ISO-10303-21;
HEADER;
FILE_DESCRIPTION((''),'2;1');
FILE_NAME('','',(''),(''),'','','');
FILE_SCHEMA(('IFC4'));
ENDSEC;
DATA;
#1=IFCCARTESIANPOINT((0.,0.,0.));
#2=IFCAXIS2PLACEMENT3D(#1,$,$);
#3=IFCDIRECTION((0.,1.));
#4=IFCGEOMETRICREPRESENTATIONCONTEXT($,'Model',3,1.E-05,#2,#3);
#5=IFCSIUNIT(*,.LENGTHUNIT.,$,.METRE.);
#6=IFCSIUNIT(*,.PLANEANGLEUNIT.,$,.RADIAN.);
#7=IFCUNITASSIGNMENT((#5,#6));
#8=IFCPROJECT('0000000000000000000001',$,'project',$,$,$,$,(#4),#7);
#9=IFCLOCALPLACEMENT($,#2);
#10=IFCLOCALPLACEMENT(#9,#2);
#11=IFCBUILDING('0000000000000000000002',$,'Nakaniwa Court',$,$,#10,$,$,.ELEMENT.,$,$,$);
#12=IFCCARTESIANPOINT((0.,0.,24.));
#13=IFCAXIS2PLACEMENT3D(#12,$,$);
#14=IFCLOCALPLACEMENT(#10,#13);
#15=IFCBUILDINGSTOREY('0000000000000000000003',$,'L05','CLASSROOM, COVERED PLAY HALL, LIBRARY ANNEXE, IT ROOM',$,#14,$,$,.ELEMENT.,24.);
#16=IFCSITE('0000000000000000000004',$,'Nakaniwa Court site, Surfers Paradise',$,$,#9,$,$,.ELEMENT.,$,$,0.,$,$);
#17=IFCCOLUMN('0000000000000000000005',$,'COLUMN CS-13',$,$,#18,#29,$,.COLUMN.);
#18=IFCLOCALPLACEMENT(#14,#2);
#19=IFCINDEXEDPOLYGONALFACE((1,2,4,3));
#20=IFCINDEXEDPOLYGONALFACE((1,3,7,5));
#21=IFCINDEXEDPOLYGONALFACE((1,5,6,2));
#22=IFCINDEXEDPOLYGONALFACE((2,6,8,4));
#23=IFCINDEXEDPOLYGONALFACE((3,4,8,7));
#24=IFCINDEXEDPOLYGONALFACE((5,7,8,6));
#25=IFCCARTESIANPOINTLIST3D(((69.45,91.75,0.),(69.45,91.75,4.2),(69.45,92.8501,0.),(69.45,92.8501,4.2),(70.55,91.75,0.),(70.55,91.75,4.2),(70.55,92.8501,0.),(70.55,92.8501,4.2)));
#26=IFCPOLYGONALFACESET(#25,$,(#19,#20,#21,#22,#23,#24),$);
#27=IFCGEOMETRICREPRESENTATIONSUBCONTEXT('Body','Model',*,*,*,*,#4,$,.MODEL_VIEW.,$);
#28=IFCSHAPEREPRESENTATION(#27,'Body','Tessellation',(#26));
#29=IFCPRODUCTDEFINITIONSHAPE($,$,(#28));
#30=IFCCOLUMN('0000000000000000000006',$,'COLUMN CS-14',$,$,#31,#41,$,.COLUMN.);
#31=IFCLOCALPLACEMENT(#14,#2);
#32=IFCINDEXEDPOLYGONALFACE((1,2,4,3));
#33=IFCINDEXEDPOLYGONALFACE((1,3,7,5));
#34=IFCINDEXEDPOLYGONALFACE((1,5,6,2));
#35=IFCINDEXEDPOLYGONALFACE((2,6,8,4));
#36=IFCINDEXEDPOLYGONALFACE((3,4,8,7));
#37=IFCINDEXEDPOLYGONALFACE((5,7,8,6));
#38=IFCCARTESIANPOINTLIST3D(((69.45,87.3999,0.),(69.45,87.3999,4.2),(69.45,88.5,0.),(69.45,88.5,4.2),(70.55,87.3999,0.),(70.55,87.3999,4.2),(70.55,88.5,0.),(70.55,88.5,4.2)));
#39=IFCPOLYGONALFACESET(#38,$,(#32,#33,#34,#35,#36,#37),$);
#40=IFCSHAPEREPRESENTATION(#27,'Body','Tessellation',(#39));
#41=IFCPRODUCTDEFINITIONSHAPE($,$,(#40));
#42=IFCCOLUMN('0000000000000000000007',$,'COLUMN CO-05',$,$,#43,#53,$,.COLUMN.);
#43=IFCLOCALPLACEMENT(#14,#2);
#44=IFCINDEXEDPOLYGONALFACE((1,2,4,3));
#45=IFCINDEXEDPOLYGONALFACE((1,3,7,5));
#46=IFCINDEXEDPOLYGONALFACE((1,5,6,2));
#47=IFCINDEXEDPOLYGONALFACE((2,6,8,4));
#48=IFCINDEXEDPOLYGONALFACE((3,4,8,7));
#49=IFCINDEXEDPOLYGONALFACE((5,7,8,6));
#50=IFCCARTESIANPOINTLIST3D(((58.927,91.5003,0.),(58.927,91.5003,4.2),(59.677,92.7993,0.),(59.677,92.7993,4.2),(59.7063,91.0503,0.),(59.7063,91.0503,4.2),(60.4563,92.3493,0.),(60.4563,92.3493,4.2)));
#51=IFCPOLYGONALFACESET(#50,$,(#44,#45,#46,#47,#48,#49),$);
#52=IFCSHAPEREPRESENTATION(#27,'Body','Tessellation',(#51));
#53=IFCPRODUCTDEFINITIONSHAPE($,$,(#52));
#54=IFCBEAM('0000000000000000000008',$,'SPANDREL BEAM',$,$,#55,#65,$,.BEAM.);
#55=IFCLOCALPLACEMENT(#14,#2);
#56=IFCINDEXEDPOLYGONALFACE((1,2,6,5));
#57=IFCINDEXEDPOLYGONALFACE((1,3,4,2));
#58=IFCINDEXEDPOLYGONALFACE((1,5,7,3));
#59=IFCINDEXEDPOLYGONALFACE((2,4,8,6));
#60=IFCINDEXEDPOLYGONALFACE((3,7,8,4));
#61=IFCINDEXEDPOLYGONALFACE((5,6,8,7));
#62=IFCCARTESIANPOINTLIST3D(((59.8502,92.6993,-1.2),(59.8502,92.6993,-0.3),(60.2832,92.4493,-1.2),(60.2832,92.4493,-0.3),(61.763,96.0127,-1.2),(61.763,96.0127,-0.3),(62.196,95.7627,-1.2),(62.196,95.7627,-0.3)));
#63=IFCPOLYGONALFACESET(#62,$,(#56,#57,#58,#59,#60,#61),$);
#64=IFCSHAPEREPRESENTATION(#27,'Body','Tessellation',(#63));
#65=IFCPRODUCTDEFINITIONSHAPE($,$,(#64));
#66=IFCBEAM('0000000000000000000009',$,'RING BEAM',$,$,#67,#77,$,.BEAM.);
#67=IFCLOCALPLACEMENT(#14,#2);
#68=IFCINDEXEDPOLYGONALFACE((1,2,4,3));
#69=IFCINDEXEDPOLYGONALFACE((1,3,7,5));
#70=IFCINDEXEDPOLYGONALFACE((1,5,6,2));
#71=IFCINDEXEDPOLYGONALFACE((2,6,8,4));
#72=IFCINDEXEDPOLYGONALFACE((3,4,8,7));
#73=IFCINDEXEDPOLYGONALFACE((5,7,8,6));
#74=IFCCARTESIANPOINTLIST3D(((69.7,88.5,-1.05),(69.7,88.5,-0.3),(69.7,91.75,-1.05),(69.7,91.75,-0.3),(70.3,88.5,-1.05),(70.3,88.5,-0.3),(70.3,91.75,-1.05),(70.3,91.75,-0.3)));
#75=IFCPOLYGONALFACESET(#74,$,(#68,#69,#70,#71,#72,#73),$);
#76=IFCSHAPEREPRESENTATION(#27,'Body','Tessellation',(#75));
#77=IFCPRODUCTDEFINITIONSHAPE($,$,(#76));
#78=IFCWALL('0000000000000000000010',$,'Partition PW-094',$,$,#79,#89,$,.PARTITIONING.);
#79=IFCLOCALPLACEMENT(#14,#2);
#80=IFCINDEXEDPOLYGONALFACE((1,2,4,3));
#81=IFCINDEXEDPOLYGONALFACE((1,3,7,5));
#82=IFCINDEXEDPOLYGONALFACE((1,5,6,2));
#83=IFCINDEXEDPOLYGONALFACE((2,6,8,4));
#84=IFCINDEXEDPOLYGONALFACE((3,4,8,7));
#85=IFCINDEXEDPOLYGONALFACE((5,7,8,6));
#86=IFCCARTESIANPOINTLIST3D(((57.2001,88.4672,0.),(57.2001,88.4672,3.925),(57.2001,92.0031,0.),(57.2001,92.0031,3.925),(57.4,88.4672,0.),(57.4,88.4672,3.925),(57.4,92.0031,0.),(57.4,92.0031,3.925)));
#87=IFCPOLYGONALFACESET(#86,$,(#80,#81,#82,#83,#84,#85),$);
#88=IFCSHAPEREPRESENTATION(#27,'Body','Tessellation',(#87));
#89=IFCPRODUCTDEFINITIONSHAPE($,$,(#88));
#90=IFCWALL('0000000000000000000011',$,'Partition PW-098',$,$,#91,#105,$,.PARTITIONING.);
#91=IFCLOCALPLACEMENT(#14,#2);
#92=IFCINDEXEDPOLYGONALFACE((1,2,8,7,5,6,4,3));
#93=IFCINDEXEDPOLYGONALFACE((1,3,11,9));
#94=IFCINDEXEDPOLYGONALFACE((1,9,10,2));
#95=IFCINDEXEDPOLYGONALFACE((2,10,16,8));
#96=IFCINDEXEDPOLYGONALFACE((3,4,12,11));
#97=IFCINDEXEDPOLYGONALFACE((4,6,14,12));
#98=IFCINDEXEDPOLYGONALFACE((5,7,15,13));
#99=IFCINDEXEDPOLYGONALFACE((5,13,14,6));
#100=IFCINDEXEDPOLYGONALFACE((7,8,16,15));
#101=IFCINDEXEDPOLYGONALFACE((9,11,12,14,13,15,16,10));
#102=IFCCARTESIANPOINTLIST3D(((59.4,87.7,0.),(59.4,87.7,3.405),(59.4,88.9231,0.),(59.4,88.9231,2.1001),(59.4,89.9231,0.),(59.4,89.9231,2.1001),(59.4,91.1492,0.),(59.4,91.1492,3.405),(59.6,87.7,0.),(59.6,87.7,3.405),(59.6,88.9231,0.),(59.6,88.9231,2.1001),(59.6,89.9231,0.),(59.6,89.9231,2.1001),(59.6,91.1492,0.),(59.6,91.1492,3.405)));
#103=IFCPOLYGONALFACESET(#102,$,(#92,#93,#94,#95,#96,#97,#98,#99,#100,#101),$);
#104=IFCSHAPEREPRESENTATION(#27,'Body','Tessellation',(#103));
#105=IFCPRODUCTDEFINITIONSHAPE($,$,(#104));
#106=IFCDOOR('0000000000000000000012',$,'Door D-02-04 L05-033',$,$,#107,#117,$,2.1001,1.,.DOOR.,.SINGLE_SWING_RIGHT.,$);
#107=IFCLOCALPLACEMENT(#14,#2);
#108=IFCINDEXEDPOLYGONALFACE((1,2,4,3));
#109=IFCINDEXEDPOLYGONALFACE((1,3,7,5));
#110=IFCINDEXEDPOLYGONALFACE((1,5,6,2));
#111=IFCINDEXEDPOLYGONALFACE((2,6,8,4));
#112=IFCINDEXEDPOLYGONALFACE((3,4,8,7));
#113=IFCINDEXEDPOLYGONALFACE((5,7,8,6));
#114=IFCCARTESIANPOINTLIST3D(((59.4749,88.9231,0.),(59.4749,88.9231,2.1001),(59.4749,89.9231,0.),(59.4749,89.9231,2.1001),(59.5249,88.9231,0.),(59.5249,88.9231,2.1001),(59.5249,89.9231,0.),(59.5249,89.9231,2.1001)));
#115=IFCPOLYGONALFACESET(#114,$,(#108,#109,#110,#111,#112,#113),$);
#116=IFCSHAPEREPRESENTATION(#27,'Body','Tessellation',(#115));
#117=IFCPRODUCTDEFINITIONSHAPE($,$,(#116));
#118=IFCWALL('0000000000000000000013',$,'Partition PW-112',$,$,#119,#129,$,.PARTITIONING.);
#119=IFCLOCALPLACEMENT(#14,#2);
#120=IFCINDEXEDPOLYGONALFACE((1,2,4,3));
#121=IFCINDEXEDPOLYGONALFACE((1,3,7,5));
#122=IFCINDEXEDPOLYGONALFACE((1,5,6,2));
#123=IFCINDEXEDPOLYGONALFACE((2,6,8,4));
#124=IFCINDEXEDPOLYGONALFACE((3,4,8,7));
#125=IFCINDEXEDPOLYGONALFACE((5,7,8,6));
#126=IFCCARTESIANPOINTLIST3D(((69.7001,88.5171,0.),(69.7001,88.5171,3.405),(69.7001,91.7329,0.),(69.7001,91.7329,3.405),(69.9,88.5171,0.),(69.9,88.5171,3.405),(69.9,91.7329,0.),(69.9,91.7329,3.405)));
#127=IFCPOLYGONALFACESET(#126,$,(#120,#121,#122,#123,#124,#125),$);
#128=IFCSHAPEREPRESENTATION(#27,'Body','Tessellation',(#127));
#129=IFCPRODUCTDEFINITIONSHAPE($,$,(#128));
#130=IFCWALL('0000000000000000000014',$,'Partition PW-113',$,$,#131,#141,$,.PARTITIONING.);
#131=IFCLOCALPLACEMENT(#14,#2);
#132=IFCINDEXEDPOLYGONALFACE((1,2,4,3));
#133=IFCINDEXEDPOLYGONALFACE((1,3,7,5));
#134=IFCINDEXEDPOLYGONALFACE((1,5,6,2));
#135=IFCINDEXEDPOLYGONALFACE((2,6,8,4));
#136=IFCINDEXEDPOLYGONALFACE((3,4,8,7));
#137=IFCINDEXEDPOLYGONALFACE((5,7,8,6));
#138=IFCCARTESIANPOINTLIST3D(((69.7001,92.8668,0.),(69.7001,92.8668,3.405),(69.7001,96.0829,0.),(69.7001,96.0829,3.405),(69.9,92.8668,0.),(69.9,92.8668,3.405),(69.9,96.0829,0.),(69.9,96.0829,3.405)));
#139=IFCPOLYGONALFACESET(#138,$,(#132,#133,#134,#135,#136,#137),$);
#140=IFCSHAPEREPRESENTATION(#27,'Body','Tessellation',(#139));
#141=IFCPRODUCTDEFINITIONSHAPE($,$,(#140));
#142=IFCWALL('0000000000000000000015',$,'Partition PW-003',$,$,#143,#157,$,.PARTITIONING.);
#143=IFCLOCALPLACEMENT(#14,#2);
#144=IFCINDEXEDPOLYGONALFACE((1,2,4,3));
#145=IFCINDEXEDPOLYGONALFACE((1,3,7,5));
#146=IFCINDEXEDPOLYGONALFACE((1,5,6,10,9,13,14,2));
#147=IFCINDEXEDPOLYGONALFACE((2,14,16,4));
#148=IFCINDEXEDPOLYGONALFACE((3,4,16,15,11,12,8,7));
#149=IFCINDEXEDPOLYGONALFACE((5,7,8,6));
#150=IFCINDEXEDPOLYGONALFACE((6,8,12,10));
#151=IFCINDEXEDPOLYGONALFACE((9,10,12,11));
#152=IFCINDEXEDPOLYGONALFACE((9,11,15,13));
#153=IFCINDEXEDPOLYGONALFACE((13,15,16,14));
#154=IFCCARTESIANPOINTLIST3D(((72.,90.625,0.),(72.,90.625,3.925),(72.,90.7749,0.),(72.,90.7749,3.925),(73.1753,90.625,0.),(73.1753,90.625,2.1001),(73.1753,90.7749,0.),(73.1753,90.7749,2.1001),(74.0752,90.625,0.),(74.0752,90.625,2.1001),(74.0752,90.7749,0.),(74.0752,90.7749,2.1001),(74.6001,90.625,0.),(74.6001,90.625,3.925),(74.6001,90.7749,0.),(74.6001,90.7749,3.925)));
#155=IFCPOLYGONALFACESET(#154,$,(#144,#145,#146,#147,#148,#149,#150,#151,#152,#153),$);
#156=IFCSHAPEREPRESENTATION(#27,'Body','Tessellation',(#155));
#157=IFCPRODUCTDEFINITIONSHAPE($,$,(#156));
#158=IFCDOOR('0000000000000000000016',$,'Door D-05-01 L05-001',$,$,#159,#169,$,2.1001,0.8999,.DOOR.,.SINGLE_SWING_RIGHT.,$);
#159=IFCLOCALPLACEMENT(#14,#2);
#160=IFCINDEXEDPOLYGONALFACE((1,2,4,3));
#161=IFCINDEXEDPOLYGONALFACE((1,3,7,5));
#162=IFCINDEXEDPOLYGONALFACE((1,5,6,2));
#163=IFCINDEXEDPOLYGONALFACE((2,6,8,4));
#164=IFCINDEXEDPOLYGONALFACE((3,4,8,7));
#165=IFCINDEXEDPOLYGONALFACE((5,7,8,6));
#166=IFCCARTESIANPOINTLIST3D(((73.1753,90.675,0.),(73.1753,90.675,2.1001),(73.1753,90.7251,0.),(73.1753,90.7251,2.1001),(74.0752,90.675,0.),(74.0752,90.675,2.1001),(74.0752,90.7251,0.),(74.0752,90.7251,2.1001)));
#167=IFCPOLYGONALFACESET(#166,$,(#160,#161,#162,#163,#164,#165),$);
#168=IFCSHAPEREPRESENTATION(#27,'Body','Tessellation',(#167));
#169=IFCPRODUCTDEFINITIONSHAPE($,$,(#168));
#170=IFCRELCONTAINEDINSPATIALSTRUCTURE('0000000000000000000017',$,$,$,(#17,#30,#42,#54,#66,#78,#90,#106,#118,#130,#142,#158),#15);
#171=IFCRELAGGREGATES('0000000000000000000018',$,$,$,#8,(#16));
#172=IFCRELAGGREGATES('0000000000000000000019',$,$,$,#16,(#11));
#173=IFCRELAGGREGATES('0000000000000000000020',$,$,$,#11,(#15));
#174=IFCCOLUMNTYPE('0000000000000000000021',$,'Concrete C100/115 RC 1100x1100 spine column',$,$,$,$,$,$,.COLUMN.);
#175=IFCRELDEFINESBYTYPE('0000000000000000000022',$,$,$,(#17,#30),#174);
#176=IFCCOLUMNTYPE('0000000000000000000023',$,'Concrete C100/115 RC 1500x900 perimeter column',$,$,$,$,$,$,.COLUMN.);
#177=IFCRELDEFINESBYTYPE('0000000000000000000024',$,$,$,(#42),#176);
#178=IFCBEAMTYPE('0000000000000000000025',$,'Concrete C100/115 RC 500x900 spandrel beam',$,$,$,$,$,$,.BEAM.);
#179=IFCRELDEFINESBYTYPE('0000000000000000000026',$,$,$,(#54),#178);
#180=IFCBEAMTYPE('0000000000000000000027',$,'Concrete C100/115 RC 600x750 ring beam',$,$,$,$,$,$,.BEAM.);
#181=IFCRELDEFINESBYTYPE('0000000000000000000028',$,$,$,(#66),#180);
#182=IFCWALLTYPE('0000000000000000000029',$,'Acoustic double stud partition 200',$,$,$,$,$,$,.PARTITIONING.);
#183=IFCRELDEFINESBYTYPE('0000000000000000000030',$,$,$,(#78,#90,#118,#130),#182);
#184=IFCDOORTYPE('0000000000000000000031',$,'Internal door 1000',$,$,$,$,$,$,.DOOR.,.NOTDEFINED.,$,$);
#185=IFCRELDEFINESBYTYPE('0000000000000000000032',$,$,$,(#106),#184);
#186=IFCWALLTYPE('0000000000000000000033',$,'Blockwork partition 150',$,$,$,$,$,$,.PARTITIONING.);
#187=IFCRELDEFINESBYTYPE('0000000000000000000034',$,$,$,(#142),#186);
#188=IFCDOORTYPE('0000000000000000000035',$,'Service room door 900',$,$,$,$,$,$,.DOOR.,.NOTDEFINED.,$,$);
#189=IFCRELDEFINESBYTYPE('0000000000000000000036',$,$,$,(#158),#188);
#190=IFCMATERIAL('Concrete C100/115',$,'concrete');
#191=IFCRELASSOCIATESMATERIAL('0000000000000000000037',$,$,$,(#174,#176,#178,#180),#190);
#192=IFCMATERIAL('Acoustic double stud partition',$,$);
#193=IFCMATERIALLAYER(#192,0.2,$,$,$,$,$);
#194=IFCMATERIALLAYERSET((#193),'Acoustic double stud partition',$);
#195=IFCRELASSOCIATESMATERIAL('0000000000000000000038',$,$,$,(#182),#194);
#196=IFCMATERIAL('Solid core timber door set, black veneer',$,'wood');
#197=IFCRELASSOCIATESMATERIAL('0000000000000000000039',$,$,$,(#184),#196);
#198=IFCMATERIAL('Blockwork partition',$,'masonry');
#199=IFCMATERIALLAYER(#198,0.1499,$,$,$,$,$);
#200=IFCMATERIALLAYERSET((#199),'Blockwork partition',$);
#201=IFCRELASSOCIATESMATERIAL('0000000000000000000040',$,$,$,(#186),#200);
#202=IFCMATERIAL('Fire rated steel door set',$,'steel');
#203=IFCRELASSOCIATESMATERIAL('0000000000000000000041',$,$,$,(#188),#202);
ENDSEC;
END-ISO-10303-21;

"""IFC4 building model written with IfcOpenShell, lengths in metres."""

from ifc_helpers import new_model, si_unit, direction, frame, frame_2d, origin, origin_2d, place, context, subcontext, project, spatial, rectangle, extrude, material, layer, layer_set, material_profile, profile_set, type_object, element, fill, save


model = new_model("IFC4")

# Units and contexts
model_context = context("Model", 3, precision=1e-05, world=origin(), true_north=direction((0.0, 1.0)))
body_context = subcontext(model_context, "Body", "Model", "MODEL_VIEW")
ifc_project = project(units=[si_unit("LENGTHUNIT", "METRE"), si_unit("PLANEANGLEUNIT", "RADIAN")], contexts=[model_context])

# Site, building, storey
site_placement = place(None, origin())
site = spatial("IfcSite", under=ifc_project, at=site_placement, Name="Nakaniwa Court site, Surfers Paradise", CompositionType="ELEMENT", RefElevation=0.0)
building_placement = place(site_placement, origin())
building = spatial("IfcBuilding", under=site, at=building_placement, Name="Nakaniwa Court", CompositionType="ELEMENT")
storey_placement = place(building_placement, frame((0.0, 0.0, 24.0)))
storey = spatial("IfcBuildingStorey", under=building, at=storey_placement, Name="L05", Description="CLASSROOM, COVERED PLAY HALL, LIBRARY ANNEXE, IT ROOM", CompositionType="ELEMENT", Elevation=24.0)

# Columns
ifc_material_1 = material(Name="Concrete C100/115", Category="concrete")
ifc_material_profile_1 = material_profile(ifc_material_1, rectangle(XDim=1.1001, YDim=1.1001, at=origin_2d()), Name="Concrete C100/115 RC 1100x1100 spine column")
ifc_profile_set_1 = profile_set([ifc_material_profile_1], Name="Concrete C100/115")
column_type_1 = type_object("IfcColumnType", Name="Concrete C100/115 RC 1100x1100 spine column", PredefinedType="COLUMN", material=ifc_profile_set_1)
for number, where, z_axis, x_axis, name in (
    (1, (70.0, 92.3, 0.0), (0.0, 0.0, 1.0), (0.0, -1.0, 0.0), "COLUMN CS-13"),
    (2, (70.0, 87.95, 0.0), (0.0, 0.0, 1.0), (0.0, -1.0, 0.0), "COLUMN CS-14"),
):
    element("IfcColumn", number, at=place(storey_placement, frame(where, z_axis=z_axis, x_axis=x_axis)), inside=storey, type_object=column_type_1, Name=name, PredefinedType="COLUMN", context=body_context, shape_type="SweptSolid", body=[
        extrude(rectangle(XDim=1.1001, YDim=1.1001, at=origin_2d()), origin(), (0.0, 0.0, 1.0), 4.2),
    ])
ifc_material_profile_2 = material_profile(ifc_material_1, rectangle(XDim=1.5, YDim=0.8999, at=origin_2d()), Name="Concrete C100/115 RC 1500x900 perimeter column")
ifc_profile_set_2 = profile_set([ifc_material_profile_2], Name="Concrete C100/115")
column_type_2 = type_object("IfcColumnType", Name="Concrete C100/115 RC 1500x900 perimeter column", PredefinedType="COLUMN", material=ifc_profile_set_2)
column_placement = place(storey_placement, frame((59.6917, 91.9248, 0.0), z_axis=(0.0, 0.0, 1.0), x_axis=(-0.5, -0.866025, 0.0)))
element("IfcColumn", 3, at=column_placement, inside=storey, type_object=column_type_2, Name="COLUMN CO-05", PredefinedType="COLUMN", context=body_context, shape_type="SweptSolid", body=[
    extrude(rectangle(XDim=1.5, YDim=0.8999, at=origin_2d()), origin(), (0.0, 0.0, 1.0), 4.2),
])

# Beams
ifc_material_profile_3 = material_profile(ifc_material_1, rectangle(XDim=0.5, YDim=0.8999, at=origin_2d()), Name="Concrete C100/115 RC 500x900 spandrel beam")
ifc_profile_set_3 = profile_set([ifc_material_profile_3], Name="Concrete C100/115")
beam_type_1 = type_object("IfcBeamType", Name="Concrete C100/115 RC 500x900 spandrel beam", PredefinedType="BEAM", material=ifc_profile_set_3)
beam_1_placement = place(storey_placement, frame((61.9795, 95.8877, -0.75), z_axis=(-0.499962, -0.866047, 0.0), x_axis=(0.866047, -0.499962, 0.0)))
element("IfcBeam", 4, at=beam_1_placement, inside=storey, type_object=beam_type_1, Name="SPANDREL BEAM", PredefinedType="BEAM", context=body_context, shape_type="SweptSolid", body=[
    extrude(rectangle(XDim=0.5, YDim=0.8999, at=origin_2d()), origin(), (0.0, 0.0, 1.0), 3.8259),
])
ifc_material_profile_4 = material_profile(ifc_material_1, rectangle(XDim=0.6001, YDim=0.75, at=origin_2d()), Name="Concrete C100/115 RC 600x750 ring beam")
ifc_profile_set_4 = profile_set([ifc_material_profile_4], Name="Concrete C100/115")
beam_type_2 = type_object("IfcBeamType", Name="Concrete C100/115 RC 600x750 ring beam", PredefinedType="BEAM", material=ifc_profile_set_4)
beam_2_placement = place(storey_placement, frame((70.0, 91.75, -0.675), z_axis=(0.0, -1.0, 0.0), x_axis=(1.0, 0.0, 0.0)))
element("IfcBeam", 5, at=beam_2_placement, inside=storey, type_object=beam_type_2, Name="RING BEAM", PredefinedType="BEAM", context=body_context, shape_type="SweptSolid", body=[
    extrude(rectangle(XDim=0.6001, YDim=0.75, at=origin_2d()), origin(), (0.0, 0.0, 1.0), 3.25),
])

# Wall
ifc_material_2 = material(Name="Acoustic double stud partition")
ifc_layer_1 = layer(ifc_material_2, 0.2)
ifc_layer_set_1 = layer_set([ifc_layer_1], Name="Acoustic double stud partition")
wall_type_1 = type_object("IfcWallType", Name="Acoustic double stud partition 200", PredefinedType="PARTITIONING", material=ifc_layer_set_1)
wall_1_placement = place(storey_placement, frame((57.3, 88.467, 0.0), z_axis=(0.0, 0.0, 1.0), x_axis=(0.0, 1.0, 0.0)))
element("IfcWall", 6, at=wall_1_placement, inside=storey, type_object=wall_type_1, Name="Partition PW-094", PredefinedType="PARTITIONING", context=body_context, shape_type="SweptSolid", body=[
    extrude(rectangle(XDim=3.5359, YDim=0.2, at=frame_2d((1.7681, 0.0))), origin(), (0.0, 0.0, 1.0), 3.925),
])

# Wall, opening, door
wall_2_placement = place(storey_placement, frame((59.5, 91.1492, 0.0), z_axis=(0.0, 0.0, 1.0), x_axis=(0.0, -1.0, 0.0)))
wall_2 = element("IfcWall", 7, at=wall_2_placement, inside=storey, type_object=wall_type_1, Name="Partition PW-098", PredefinedType="PARTITIONING", context=body_context, shape_type="SweptSolid", body=[
    extrude(rectangle(XDim=3.4492, YDim=0.2, at=frame_2d((1.7246, 0.0))), origin(), (0.0, 0.0, 1.0), 3.405),
])
opening_1_placement = place(wall_2_placement, frame((1.2261, 0.0, 0.0)))
opening_1 = element("IfcOpeningElement", 8, at=opening_1_placement, cuts=wall_2, PredefinedType="OPENING", context=body_context, shape_type="SweptSolid", body=[
    extrude(rectangle(XDim=1.0, YDim=2.1001, at=frame_2d((0.5, 1.05))), frame((0.0, 0.1099, 0.0), z_axis=(0.0, -1.0, 0.0), x_axis=(1.0, 0.0, 0.0)), (0.0, 0.0, 1.0), 0.22),
])
ifc_material_3 = material(Name="Solid core timber door set, black veneer", Category="wood")
door_type_1 = type_object("IfcDoorType", Name="Internal door 1000", OperationType="NOTDEFINED", PredefinedType="DOOR", material=ifc_material_3)
door_1_placement = place(opening_1_placement, origin())
door_1 = element("IfcDoor", 9, at=door_1_placement, inside=storey, type_object=door_type_1, Name="Door D-02-04 L05-033", OperationType="SINGLE_SWING_RIGHT", OverallHeight=2.1001, OverallWidth=1.0, PredefinedType="DOOR", context=body_context, shape_type="SweptSolid", body=[
    extrude(rectangle(XDim=1.0, YDim=2.1001, at=frame_2d((0.5, 1.05))), frame((0.0, 0.0249, 0.0), z_axis=(0.0, -1.0, 0.0), x_axis=(1.0, 0.0, 0.0)), (0.0, 0.0, 1.0), 0.05),
])
fill(opening_1, door_1)

# Walls
wall_3_placement = place(storey_placement, frame((69.8, 88.5171, 0.0), z_axis=(0.0, 0.0, 1.0), x_axis=(0.0, 1.0, 0.0)))
element("IfcWall", 10, at=wall_3_placement, inside=storey, type_object=wall_type_1, Name="Partition PW-112", PredefinedType="PARTITIONING", context=body_context, shape_type="SweptSolid", body=[
    extrude(rectangle(XDim=3.2158, YDim=0.2, at=frame_2d((1.6079, 0.0))), origin(), (0.0, 0.0, 1.0), 3.405),
])
wall_4_placement = place(storey_placement, frame((69.8, 92.8669, 0.0), z_axis=(0.0, 0.0, 1.0), x_axis=(0.0, 1.0, 0.0)))
element("IfcWall", 11, at=wall_4_placement, inside=storey, type_object=wall_type_1, Name="Partition PW-113", PredefinedType="PARTITIONING", context=body_context, shape_type="SweptSolid", body=[
    extrude(rectangle(XDim=3.2161, YDim=0.2, at=frame_2d((1.6079, 0.0))), origin(), (0.0, 0.0, 1.0), 3.405),
])

# Wall, opening, door
ifc_material_4 = material(Name="Blockwork partition", Category="masonry")
ifc_layer_2 = layer(ifc_material_4, 0.1499)
ifc_layer_set_2 = layer_set([ifc_layer_2], Name="Blockwork partition")
wall_type_2 = type_object("IfcWallType", Name="Blockwork partition 150", PredefinedType="PARTITIONING", material=ifc_layer_set_2)
wall_5_placement = place(storey_placement, frame((74.6001, 90.7, 0.0), z_axis=(0.0, 0.0, 1.0), x_axis=(-1.0, 0.0, 0.0)))
wall_5 = element("IfcWall", 12, at=wall_5_placement, inside=storey, type_object=wall_type_2, Name="Partition PW-003", PredefinedType="PARTITIONING", context=body_context, shape_type="SweptSolid", body=[
    extrude(rectangle(XDim=2.6001, YDim=0.1499, at=frame_2d((1.3, 0.0))), origin(), (0.0, 0.0, 1.0), 3.925),
])
opening_2_placement = place(wall_5_placement, frame((0.5249, 0.0, 0.0)))
opening_2 = element("IfcOpeningElement", 13, at=opening_2_placement, cuts=wall_5, PredefinedType="OPENING", context=body_context, shape_type="SweptSolid", body=[
    extrude(rectangle(XDim=0.8999, YDim=2.1001, at=frame_2d((0.45, 1.05))), frame((0.0, 0.085, 0.0), z_axis=(0.0, -1.0, 0.0), x_axis=(1.0, 0.0, 0.0)), (0.0, 0.0, 1.0), 0.1699),
])
ifc_material_5 = material(Name="Fire rated steel door set", Category="steel")
door_type_2 = type_object("IfcDoorType", Name="Service room door 900", OperationType="NOTDEFINED", PredefinedType="DOOR", material=ifc_material_5)
door_2_placement = place(opening_2_placement, origin())
door_2 = element("IfcDoor", 14, at=door_2_placement, inside=storey, type_object=door_type_2, Name="Door D-05-01 L05-001", OperationType="SINGLE_SWING_RIGHT", OverallHeight=2.1001, OverallWidth=0.8999, PredefinedType="DOOR", context=body_context, shape_type="SweptSolid", body=[
    extrude(rectangle(XDim=0.8999, YDim=2.1001, at=frame_2d((0.45, 1.05))), frame((0.0, 0.0249, 0.0), z_axis=(0.0, -1.0, 0.0), x_axis=(1.0, 0.0, 0.0)), (0.0, 0.0, 1.0), 0.05),
])
fill(opening_2, door_2)

save(model, "model.ifc")
